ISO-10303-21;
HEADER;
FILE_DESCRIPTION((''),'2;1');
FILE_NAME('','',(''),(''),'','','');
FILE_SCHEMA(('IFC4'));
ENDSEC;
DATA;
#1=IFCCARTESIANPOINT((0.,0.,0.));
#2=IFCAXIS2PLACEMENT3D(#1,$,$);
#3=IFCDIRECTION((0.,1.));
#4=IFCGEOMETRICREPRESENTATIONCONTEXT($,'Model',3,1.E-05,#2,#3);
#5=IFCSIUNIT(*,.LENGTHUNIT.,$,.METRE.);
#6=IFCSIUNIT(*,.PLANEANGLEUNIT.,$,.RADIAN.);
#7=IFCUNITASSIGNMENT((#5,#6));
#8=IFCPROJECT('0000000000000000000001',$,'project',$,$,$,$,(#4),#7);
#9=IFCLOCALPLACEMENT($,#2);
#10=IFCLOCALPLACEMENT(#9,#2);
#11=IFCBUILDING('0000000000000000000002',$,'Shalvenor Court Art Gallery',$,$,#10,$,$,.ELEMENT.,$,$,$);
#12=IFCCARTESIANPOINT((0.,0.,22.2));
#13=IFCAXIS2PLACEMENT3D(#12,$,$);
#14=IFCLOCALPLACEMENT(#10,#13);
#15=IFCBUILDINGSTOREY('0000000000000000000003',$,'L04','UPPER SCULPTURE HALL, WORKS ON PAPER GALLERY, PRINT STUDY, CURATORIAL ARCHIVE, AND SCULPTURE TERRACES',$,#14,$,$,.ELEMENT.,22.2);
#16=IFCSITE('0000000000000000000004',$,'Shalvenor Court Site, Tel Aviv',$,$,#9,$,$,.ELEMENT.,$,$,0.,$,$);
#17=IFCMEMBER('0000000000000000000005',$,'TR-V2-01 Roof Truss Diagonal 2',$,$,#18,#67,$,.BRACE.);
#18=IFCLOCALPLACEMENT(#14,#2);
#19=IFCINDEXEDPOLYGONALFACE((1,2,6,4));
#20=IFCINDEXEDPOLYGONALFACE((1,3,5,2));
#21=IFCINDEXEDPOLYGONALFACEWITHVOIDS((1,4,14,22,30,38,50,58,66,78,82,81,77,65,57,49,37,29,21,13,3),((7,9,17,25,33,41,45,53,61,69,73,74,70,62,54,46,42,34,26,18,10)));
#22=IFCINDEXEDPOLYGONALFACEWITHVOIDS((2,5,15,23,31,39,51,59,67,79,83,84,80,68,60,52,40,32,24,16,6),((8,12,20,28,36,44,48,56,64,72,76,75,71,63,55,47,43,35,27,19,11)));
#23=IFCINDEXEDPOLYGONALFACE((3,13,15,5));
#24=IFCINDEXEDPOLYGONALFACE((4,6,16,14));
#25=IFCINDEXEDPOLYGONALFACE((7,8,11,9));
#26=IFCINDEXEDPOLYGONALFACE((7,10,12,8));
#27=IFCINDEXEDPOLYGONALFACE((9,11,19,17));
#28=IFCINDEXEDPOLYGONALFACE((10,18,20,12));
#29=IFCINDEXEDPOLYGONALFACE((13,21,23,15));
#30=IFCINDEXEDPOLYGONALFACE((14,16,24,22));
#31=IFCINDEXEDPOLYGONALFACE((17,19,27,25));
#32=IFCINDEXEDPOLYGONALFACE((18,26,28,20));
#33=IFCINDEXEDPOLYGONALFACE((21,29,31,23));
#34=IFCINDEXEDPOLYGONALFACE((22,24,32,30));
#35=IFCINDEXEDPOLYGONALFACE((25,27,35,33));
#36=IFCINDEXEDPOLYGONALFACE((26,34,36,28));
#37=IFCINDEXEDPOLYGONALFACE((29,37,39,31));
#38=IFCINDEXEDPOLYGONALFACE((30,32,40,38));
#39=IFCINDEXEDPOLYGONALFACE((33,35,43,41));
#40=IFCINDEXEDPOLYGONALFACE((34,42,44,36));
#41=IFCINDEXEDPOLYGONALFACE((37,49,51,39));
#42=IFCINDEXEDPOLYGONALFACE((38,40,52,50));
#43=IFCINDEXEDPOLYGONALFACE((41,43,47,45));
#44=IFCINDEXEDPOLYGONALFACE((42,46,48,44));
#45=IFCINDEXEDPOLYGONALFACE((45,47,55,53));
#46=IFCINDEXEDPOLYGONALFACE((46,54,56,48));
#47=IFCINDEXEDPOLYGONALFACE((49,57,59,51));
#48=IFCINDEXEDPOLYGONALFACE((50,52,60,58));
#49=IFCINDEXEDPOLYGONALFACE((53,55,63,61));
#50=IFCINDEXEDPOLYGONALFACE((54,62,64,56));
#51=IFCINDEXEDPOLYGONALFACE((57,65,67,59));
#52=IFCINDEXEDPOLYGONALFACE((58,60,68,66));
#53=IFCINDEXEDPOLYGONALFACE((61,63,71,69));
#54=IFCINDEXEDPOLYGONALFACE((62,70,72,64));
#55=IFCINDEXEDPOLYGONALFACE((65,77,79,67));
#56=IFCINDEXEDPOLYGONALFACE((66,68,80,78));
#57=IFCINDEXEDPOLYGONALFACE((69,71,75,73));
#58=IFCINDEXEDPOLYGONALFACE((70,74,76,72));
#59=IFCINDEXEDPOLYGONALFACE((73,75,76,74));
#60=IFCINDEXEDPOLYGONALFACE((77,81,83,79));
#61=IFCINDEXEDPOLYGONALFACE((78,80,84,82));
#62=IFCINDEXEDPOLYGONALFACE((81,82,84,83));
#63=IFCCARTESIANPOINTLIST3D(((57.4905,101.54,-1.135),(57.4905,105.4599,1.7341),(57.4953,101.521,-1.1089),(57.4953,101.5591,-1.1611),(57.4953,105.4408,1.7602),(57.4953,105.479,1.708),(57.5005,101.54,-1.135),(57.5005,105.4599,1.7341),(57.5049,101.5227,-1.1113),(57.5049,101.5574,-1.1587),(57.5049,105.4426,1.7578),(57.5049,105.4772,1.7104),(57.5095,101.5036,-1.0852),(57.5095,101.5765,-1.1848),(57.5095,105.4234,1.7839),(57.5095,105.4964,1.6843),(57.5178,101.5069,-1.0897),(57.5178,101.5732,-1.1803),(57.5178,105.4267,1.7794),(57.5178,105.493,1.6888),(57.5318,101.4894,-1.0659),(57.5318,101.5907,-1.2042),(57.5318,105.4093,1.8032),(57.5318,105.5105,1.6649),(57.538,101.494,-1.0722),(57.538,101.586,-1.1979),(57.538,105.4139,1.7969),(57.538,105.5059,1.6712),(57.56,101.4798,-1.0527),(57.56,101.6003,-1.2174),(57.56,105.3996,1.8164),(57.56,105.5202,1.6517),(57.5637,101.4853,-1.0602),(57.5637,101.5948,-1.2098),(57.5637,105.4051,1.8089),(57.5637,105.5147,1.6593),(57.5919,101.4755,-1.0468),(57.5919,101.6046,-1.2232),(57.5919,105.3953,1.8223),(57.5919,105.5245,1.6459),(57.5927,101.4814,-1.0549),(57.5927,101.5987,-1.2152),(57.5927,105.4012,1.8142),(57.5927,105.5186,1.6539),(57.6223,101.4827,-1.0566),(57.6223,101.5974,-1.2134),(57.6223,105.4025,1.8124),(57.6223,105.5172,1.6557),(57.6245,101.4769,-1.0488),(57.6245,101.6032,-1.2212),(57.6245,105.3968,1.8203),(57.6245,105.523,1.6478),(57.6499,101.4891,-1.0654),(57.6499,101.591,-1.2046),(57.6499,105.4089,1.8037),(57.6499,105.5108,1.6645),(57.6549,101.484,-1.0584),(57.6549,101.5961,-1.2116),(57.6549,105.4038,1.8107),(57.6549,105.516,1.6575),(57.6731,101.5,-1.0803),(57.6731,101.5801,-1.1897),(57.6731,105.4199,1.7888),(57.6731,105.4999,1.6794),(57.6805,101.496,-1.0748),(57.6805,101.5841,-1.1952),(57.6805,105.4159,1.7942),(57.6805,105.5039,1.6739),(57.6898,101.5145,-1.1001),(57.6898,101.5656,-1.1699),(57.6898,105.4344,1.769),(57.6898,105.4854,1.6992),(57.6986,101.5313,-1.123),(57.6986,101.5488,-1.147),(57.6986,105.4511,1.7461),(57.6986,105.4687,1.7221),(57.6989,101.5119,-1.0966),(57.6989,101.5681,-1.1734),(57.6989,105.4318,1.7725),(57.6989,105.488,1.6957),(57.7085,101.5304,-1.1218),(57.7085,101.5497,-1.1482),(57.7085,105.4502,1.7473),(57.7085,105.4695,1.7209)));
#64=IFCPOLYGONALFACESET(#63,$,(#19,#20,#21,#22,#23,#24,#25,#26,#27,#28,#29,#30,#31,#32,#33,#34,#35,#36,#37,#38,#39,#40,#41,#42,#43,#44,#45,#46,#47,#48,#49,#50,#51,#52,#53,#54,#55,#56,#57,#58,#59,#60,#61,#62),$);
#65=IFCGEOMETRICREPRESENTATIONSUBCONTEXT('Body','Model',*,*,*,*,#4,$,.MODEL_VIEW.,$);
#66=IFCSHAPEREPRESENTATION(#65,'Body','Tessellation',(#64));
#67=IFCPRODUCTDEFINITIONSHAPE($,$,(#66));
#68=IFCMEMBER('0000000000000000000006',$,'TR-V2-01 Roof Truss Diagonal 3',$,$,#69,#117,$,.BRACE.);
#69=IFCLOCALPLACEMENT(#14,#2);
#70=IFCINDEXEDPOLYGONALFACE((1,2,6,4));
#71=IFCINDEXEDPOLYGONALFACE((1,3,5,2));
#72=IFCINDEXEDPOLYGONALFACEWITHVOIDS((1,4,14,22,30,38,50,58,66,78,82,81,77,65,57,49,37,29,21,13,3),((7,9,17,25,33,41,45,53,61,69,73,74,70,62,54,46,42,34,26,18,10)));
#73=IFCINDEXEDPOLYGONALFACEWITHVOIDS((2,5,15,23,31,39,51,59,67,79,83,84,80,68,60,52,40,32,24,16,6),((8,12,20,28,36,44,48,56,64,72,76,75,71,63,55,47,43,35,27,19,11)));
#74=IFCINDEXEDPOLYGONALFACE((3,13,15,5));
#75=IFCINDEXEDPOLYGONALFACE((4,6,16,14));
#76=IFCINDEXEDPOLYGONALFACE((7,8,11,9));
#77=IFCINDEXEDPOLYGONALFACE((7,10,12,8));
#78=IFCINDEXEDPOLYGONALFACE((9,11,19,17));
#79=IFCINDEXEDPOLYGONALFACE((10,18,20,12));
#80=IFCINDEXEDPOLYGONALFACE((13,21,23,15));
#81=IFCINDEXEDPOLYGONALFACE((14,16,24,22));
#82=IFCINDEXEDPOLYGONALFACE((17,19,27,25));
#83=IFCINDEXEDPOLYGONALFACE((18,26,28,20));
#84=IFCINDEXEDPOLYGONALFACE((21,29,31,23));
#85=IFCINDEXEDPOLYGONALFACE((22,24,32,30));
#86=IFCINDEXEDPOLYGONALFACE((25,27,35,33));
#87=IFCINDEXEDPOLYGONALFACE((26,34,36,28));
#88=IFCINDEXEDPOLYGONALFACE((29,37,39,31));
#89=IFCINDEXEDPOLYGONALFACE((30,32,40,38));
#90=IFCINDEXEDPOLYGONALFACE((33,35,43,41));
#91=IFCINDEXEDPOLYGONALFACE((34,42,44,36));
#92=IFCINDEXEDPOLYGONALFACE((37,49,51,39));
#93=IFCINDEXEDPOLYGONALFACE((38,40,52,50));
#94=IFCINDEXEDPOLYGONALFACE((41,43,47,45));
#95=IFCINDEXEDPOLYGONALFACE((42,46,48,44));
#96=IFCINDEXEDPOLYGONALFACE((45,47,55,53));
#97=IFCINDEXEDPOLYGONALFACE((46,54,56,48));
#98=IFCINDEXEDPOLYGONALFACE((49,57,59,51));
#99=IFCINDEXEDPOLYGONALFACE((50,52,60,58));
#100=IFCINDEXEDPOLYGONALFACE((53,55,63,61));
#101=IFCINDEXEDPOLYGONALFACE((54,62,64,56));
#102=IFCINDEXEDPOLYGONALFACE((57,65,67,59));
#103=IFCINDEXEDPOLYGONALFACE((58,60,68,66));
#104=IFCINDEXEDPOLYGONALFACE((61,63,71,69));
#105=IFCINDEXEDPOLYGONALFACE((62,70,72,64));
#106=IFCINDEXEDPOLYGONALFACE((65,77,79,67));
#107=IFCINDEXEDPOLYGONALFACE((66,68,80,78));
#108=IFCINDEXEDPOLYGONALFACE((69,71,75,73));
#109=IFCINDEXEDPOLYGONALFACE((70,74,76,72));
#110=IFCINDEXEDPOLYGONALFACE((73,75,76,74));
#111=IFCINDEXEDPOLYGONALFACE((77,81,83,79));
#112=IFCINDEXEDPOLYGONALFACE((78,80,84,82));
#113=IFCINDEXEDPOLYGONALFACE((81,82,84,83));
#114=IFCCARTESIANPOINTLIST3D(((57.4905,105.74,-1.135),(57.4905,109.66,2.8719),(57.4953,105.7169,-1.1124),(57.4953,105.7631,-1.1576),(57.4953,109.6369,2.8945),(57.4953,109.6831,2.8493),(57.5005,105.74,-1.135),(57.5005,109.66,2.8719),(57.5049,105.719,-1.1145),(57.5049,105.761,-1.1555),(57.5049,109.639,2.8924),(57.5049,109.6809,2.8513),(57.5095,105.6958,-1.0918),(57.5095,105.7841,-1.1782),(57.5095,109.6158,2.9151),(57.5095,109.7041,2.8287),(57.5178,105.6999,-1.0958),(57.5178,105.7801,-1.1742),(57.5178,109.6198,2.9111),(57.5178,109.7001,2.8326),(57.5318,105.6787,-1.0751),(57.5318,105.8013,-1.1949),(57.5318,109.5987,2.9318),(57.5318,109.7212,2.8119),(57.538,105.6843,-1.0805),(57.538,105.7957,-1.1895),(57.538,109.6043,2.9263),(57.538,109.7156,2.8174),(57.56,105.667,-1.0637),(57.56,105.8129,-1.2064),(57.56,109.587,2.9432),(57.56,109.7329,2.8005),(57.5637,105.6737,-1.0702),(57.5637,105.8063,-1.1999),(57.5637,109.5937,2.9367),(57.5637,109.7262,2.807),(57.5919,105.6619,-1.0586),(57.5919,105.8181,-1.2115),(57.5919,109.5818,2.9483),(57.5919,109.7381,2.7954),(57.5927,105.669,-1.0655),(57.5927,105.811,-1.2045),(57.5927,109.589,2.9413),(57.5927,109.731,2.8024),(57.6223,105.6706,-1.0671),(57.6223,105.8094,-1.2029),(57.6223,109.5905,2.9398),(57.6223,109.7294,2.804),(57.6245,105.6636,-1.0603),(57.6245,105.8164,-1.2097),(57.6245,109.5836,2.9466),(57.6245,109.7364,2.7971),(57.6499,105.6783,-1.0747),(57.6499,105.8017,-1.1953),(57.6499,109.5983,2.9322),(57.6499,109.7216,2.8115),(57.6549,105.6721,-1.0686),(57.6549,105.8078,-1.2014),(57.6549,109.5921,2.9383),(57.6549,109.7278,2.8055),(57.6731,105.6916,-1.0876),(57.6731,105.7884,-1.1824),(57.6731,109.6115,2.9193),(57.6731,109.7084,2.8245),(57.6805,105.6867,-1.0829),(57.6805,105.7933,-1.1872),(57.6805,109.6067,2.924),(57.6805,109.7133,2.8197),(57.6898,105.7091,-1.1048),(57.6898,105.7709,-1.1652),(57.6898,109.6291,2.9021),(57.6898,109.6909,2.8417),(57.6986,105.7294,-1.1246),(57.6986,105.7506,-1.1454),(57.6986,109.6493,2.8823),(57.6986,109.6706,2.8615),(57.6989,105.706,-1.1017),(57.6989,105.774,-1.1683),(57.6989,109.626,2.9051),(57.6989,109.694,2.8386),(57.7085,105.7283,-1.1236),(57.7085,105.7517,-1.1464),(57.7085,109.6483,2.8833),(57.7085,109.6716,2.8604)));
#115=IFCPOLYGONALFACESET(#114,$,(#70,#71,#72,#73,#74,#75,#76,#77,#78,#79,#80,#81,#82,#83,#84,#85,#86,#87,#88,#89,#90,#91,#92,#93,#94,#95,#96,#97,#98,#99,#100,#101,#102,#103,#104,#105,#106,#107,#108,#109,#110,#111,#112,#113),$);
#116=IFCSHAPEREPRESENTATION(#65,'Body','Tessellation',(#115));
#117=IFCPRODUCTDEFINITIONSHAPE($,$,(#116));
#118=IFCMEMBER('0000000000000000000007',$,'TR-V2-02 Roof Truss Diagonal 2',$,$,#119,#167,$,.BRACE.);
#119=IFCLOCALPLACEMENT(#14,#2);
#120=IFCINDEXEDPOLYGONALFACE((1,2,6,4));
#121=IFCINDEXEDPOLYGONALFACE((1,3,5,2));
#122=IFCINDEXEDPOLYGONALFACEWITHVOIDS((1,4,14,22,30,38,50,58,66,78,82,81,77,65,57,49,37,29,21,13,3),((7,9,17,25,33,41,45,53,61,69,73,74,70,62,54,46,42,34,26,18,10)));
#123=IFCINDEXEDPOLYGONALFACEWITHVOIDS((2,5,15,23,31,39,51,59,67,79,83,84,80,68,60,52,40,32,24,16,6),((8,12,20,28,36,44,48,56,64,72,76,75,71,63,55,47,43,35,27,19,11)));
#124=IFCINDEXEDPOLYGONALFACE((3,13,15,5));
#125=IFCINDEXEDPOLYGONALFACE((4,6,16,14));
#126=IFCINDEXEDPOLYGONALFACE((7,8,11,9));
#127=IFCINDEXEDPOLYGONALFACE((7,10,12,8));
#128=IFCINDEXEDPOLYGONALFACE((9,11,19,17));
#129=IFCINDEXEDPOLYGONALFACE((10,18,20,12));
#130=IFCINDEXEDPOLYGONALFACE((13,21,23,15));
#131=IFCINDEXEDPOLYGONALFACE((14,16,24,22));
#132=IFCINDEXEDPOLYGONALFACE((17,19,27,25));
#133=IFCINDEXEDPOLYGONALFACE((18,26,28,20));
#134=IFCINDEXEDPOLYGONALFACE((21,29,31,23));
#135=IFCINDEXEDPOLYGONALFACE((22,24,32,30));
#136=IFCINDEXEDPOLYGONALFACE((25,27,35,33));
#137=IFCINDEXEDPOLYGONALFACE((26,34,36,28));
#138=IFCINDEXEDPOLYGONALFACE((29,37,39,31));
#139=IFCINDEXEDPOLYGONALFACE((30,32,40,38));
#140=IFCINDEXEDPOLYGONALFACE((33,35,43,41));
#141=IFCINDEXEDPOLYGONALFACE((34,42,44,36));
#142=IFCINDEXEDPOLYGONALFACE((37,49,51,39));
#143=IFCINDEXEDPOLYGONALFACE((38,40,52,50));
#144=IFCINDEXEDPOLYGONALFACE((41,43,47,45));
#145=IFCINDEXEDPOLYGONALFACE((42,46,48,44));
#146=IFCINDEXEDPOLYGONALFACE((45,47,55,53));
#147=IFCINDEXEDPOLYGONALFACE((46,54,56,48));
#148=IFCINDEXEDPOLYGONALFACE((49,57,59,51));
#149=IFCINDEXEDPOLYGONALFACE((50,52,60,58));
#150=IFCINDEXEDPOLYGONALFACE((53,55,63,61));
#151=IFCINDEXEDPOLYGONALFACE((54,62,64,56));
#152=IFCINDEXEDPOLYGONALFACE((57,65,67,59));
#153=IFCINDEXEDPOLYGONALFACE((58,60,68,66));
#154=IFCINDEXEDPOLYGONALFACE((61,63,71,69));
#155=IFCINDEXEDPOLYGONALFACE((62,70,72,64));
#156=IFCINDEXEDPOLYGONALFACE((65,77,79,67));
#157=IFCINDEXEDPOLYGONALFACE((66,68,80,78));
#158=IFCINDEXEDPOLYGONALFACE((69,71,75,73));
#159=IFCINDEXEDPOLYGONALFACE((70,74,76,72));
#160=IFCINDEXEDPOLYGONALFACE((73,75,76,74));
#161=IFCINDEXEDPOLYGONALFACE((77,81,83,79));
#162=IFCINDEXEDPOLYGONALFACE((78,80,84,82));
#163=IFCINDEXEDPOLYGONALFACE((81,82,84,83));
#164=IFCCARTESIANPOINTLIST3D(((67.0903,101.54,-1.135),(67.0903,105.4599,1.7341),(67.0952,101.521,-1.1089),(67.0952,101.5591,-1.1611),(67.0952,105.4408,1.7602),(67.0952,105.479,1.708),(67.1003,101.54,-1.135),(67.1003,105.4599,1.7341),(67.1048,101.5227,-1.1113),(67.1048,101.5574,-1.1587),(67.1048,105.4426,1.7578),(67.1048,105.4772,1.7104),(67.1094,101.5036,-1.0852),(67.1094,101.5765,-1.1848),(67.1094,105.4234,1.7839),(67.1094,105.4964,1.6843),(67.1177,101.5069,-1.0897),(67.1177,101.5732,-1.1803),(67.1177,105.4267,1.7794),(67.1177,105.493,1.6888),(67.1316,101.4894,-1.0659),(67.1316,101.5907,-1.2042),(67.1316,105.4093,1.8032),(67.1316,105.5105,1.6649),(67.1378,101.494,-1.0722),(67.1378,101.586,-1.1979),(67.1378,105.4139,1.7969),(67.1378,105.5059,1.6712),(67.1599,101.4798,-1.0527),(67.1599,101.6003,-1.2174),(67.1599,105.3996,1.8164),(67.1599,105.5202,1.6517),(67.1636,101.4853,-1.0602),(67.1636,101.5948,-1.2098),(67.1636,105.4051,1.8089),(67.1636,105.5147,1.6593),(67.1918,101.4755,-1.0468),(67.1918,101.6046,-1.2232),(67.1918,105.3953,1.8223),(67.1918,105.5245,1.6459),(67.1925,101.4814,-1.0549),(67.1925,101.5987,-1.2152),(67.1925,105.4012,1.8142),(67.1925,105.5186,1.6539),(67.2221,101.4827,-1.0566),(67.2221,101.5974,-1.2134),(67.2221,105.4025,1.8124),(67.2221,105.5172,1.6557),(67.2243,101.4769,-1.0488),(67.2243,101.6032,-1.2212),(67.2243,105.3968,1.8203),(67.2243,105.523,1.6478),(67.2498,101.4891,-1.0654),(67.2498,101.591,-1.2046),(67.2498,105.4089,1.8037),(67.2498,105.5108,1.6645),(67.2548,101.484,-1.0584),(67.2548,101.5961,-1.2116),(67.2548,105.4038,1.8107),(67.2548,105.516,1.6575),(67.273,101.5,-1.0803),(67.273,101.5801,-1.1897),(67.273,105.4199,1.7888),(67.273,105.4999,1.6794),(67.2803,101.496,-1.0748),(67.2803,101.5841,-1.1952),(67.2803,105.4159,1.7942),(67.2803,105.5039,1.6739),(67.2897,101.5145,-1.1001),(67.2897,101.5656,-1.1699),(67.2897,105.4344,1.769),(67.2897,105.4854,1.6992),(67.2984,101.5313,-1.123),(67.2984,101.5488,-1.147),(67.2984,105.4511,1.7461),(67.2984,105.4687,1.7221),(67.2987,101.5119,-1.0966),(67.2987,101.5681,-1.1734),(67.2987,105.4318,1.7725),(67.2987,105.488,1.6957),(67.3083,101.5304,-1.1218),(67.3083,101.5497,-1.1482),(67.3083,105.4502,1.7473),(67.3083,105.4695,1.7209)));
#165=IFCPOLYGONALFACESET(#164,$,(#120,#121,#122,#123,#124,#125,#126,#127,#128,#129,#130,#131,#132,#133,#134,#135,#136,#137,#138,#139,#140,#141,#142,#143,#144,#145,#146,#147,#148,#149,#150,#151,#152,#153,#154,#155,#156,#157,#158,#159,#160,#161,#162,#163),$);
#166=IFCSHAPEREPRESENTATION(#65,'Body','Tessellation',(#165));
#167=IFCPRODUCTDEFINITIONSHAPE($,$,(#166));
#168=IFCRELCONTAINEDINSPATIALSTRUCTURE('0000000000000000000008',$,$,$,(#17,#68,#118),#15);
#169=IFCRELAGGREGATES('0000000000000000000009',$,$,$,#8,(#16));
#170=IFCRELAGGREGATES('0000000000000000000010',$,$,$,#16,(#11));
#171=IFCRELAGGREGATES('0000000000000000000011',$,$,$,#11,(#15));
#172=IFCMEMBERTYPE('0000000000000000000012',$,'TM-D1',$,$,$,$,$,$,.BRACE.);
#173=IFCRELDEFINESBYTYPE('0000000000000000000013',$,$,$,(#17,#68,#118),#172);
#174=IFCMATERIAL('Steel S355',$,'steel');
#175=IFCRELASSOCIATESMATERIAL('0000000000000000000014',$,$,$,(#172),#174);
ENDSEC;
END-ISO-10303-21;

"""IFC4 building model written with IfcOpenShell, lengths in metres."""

from ifc_helpers import new_model, si_unit, direction, frame, origin, origin_2d, place, context, subcontext, project, spatial, hollow_circle, extrude, material, material_profile, profile_set, type_object, element, save


model = new_model("IFC4")

# Units and contexts
model_context = context("Model", 3, precision=1e-05, world=origin(), true_north=direction((0.0, 1.0)))
body_context = subcontext(model_context, "Body", "Model", "MODEL_VIEW")
ifc_project = project(units=[si_unit("LENGTHUNIT", "METRE"), si_unit("PLANEANGLEUNIT", "RADIAN")], contexts=[model_context])

# Site, building, storey
site_placement = place(None, origin())
site = spatial("IfcSite", under=ifc_project, at=site_placement, Name="Shalvenor Court Site, Tel Aviv", CompositionType="ELEMENT", RefElevation=0.0)
building_placement = place(site_placement, origin())
building = spatial("IfcBuilding", under=site, at=building_placement, Name="Shalvenor Court Art Gallery", CompositionType="ELEMENT")
storey_placement = place(building_placement, frame((0.0, 0.0, 22.2)))
storey = spatial("IfcBuildingStorey", under=building, at=storey_placement, Name="L04", Description="UPPER SCULPTURE HALL, WORKS ON PAPER GALLERY, PRINT STUDY, CURATORIAL ARCHIVE, AND SCULPTURE TERRACES", CompositionType="ELEMENT", Elevation=22.2)

# Members
ifc_material_1 = material(Name="Steel S355", Category="steel")
ifc_material_profile_1 = material_profile(ifc_material_1, hollow_circle(Radius=0.1096, WallThickness=0.01, at=origin_2d()), Name="CHS 219.1x10.0")
ifc_profile_set_1 = profile_set([ifc_material_profile_1], Name="Steel S355")
member_type_1 = type_object("IfcMemberType", Name="TM-D1", PredefinedType="BRACE", material=ifc_profile_set_1)
member_1_placement = place(storey_placement, frame((57.6001, 101.54, -1.135), z_axis=(0.0, 0.806942, 0.590631), x_axis=(-1.0, 0.0, 0.0)))
element("IfcMember", 1, at=member_1_placement, inside=storey, type_object=member_type_1, Name="TR-V2-01 Roof Truss Diagonal 2", PredefinedType="BRACE", context=body_context, shape_type="SweptSolid", body=[
    extrude(hollow_circle(Radius=0.1096, WallThickness=0.01, at=origin_2d()), origin(), (0.0, 0.0, 1.0), 4.8577),
])
member_2_placement = place(storey_placement, frame((57.6001, 105.74, -1.135), z_axis=(0.0, 0.699312, 0.714817), x_axis=(-1.0, 0.0, 0.0)))
element("IfcMember", 2, at=member_2_placement, inside=storey, type_object=member_type_1, Name="TR-V2-01 Roof Truss Diagonal 3", PredefinedType="BRACE", context=body_context, shape_type="SweptSolid", body=[
    extrude(hollow_circle(Radius=0.1096, WallThickness=0.01, at=origin_2d()), origin(), (0.0, 0.0, 1.0), 5.6055),
])
member_3_placement = place(storey_placement, frame((67.2, 101.54, -1.135), z_axis=(0.0, 0.806942, 0.590631), x_axis=(-1.0, 0.0, 0.0)))
element("IfcMember", 3, at=member_3_placement, inside=storey, type_object=member_type_1, Name="TR-V2-02 Roof Truss Diagonal 2", PredefinedType="BRACE", context=body_context, shape_type="SweptSolid", body=[
    extrude(hollow_circle(Radius=0.1096, WallThickness=0.01, at=origin_2d()), origin(), (0.0, 0.0, 1.0), 4.8577),
])

save(model, "model.ifc")
